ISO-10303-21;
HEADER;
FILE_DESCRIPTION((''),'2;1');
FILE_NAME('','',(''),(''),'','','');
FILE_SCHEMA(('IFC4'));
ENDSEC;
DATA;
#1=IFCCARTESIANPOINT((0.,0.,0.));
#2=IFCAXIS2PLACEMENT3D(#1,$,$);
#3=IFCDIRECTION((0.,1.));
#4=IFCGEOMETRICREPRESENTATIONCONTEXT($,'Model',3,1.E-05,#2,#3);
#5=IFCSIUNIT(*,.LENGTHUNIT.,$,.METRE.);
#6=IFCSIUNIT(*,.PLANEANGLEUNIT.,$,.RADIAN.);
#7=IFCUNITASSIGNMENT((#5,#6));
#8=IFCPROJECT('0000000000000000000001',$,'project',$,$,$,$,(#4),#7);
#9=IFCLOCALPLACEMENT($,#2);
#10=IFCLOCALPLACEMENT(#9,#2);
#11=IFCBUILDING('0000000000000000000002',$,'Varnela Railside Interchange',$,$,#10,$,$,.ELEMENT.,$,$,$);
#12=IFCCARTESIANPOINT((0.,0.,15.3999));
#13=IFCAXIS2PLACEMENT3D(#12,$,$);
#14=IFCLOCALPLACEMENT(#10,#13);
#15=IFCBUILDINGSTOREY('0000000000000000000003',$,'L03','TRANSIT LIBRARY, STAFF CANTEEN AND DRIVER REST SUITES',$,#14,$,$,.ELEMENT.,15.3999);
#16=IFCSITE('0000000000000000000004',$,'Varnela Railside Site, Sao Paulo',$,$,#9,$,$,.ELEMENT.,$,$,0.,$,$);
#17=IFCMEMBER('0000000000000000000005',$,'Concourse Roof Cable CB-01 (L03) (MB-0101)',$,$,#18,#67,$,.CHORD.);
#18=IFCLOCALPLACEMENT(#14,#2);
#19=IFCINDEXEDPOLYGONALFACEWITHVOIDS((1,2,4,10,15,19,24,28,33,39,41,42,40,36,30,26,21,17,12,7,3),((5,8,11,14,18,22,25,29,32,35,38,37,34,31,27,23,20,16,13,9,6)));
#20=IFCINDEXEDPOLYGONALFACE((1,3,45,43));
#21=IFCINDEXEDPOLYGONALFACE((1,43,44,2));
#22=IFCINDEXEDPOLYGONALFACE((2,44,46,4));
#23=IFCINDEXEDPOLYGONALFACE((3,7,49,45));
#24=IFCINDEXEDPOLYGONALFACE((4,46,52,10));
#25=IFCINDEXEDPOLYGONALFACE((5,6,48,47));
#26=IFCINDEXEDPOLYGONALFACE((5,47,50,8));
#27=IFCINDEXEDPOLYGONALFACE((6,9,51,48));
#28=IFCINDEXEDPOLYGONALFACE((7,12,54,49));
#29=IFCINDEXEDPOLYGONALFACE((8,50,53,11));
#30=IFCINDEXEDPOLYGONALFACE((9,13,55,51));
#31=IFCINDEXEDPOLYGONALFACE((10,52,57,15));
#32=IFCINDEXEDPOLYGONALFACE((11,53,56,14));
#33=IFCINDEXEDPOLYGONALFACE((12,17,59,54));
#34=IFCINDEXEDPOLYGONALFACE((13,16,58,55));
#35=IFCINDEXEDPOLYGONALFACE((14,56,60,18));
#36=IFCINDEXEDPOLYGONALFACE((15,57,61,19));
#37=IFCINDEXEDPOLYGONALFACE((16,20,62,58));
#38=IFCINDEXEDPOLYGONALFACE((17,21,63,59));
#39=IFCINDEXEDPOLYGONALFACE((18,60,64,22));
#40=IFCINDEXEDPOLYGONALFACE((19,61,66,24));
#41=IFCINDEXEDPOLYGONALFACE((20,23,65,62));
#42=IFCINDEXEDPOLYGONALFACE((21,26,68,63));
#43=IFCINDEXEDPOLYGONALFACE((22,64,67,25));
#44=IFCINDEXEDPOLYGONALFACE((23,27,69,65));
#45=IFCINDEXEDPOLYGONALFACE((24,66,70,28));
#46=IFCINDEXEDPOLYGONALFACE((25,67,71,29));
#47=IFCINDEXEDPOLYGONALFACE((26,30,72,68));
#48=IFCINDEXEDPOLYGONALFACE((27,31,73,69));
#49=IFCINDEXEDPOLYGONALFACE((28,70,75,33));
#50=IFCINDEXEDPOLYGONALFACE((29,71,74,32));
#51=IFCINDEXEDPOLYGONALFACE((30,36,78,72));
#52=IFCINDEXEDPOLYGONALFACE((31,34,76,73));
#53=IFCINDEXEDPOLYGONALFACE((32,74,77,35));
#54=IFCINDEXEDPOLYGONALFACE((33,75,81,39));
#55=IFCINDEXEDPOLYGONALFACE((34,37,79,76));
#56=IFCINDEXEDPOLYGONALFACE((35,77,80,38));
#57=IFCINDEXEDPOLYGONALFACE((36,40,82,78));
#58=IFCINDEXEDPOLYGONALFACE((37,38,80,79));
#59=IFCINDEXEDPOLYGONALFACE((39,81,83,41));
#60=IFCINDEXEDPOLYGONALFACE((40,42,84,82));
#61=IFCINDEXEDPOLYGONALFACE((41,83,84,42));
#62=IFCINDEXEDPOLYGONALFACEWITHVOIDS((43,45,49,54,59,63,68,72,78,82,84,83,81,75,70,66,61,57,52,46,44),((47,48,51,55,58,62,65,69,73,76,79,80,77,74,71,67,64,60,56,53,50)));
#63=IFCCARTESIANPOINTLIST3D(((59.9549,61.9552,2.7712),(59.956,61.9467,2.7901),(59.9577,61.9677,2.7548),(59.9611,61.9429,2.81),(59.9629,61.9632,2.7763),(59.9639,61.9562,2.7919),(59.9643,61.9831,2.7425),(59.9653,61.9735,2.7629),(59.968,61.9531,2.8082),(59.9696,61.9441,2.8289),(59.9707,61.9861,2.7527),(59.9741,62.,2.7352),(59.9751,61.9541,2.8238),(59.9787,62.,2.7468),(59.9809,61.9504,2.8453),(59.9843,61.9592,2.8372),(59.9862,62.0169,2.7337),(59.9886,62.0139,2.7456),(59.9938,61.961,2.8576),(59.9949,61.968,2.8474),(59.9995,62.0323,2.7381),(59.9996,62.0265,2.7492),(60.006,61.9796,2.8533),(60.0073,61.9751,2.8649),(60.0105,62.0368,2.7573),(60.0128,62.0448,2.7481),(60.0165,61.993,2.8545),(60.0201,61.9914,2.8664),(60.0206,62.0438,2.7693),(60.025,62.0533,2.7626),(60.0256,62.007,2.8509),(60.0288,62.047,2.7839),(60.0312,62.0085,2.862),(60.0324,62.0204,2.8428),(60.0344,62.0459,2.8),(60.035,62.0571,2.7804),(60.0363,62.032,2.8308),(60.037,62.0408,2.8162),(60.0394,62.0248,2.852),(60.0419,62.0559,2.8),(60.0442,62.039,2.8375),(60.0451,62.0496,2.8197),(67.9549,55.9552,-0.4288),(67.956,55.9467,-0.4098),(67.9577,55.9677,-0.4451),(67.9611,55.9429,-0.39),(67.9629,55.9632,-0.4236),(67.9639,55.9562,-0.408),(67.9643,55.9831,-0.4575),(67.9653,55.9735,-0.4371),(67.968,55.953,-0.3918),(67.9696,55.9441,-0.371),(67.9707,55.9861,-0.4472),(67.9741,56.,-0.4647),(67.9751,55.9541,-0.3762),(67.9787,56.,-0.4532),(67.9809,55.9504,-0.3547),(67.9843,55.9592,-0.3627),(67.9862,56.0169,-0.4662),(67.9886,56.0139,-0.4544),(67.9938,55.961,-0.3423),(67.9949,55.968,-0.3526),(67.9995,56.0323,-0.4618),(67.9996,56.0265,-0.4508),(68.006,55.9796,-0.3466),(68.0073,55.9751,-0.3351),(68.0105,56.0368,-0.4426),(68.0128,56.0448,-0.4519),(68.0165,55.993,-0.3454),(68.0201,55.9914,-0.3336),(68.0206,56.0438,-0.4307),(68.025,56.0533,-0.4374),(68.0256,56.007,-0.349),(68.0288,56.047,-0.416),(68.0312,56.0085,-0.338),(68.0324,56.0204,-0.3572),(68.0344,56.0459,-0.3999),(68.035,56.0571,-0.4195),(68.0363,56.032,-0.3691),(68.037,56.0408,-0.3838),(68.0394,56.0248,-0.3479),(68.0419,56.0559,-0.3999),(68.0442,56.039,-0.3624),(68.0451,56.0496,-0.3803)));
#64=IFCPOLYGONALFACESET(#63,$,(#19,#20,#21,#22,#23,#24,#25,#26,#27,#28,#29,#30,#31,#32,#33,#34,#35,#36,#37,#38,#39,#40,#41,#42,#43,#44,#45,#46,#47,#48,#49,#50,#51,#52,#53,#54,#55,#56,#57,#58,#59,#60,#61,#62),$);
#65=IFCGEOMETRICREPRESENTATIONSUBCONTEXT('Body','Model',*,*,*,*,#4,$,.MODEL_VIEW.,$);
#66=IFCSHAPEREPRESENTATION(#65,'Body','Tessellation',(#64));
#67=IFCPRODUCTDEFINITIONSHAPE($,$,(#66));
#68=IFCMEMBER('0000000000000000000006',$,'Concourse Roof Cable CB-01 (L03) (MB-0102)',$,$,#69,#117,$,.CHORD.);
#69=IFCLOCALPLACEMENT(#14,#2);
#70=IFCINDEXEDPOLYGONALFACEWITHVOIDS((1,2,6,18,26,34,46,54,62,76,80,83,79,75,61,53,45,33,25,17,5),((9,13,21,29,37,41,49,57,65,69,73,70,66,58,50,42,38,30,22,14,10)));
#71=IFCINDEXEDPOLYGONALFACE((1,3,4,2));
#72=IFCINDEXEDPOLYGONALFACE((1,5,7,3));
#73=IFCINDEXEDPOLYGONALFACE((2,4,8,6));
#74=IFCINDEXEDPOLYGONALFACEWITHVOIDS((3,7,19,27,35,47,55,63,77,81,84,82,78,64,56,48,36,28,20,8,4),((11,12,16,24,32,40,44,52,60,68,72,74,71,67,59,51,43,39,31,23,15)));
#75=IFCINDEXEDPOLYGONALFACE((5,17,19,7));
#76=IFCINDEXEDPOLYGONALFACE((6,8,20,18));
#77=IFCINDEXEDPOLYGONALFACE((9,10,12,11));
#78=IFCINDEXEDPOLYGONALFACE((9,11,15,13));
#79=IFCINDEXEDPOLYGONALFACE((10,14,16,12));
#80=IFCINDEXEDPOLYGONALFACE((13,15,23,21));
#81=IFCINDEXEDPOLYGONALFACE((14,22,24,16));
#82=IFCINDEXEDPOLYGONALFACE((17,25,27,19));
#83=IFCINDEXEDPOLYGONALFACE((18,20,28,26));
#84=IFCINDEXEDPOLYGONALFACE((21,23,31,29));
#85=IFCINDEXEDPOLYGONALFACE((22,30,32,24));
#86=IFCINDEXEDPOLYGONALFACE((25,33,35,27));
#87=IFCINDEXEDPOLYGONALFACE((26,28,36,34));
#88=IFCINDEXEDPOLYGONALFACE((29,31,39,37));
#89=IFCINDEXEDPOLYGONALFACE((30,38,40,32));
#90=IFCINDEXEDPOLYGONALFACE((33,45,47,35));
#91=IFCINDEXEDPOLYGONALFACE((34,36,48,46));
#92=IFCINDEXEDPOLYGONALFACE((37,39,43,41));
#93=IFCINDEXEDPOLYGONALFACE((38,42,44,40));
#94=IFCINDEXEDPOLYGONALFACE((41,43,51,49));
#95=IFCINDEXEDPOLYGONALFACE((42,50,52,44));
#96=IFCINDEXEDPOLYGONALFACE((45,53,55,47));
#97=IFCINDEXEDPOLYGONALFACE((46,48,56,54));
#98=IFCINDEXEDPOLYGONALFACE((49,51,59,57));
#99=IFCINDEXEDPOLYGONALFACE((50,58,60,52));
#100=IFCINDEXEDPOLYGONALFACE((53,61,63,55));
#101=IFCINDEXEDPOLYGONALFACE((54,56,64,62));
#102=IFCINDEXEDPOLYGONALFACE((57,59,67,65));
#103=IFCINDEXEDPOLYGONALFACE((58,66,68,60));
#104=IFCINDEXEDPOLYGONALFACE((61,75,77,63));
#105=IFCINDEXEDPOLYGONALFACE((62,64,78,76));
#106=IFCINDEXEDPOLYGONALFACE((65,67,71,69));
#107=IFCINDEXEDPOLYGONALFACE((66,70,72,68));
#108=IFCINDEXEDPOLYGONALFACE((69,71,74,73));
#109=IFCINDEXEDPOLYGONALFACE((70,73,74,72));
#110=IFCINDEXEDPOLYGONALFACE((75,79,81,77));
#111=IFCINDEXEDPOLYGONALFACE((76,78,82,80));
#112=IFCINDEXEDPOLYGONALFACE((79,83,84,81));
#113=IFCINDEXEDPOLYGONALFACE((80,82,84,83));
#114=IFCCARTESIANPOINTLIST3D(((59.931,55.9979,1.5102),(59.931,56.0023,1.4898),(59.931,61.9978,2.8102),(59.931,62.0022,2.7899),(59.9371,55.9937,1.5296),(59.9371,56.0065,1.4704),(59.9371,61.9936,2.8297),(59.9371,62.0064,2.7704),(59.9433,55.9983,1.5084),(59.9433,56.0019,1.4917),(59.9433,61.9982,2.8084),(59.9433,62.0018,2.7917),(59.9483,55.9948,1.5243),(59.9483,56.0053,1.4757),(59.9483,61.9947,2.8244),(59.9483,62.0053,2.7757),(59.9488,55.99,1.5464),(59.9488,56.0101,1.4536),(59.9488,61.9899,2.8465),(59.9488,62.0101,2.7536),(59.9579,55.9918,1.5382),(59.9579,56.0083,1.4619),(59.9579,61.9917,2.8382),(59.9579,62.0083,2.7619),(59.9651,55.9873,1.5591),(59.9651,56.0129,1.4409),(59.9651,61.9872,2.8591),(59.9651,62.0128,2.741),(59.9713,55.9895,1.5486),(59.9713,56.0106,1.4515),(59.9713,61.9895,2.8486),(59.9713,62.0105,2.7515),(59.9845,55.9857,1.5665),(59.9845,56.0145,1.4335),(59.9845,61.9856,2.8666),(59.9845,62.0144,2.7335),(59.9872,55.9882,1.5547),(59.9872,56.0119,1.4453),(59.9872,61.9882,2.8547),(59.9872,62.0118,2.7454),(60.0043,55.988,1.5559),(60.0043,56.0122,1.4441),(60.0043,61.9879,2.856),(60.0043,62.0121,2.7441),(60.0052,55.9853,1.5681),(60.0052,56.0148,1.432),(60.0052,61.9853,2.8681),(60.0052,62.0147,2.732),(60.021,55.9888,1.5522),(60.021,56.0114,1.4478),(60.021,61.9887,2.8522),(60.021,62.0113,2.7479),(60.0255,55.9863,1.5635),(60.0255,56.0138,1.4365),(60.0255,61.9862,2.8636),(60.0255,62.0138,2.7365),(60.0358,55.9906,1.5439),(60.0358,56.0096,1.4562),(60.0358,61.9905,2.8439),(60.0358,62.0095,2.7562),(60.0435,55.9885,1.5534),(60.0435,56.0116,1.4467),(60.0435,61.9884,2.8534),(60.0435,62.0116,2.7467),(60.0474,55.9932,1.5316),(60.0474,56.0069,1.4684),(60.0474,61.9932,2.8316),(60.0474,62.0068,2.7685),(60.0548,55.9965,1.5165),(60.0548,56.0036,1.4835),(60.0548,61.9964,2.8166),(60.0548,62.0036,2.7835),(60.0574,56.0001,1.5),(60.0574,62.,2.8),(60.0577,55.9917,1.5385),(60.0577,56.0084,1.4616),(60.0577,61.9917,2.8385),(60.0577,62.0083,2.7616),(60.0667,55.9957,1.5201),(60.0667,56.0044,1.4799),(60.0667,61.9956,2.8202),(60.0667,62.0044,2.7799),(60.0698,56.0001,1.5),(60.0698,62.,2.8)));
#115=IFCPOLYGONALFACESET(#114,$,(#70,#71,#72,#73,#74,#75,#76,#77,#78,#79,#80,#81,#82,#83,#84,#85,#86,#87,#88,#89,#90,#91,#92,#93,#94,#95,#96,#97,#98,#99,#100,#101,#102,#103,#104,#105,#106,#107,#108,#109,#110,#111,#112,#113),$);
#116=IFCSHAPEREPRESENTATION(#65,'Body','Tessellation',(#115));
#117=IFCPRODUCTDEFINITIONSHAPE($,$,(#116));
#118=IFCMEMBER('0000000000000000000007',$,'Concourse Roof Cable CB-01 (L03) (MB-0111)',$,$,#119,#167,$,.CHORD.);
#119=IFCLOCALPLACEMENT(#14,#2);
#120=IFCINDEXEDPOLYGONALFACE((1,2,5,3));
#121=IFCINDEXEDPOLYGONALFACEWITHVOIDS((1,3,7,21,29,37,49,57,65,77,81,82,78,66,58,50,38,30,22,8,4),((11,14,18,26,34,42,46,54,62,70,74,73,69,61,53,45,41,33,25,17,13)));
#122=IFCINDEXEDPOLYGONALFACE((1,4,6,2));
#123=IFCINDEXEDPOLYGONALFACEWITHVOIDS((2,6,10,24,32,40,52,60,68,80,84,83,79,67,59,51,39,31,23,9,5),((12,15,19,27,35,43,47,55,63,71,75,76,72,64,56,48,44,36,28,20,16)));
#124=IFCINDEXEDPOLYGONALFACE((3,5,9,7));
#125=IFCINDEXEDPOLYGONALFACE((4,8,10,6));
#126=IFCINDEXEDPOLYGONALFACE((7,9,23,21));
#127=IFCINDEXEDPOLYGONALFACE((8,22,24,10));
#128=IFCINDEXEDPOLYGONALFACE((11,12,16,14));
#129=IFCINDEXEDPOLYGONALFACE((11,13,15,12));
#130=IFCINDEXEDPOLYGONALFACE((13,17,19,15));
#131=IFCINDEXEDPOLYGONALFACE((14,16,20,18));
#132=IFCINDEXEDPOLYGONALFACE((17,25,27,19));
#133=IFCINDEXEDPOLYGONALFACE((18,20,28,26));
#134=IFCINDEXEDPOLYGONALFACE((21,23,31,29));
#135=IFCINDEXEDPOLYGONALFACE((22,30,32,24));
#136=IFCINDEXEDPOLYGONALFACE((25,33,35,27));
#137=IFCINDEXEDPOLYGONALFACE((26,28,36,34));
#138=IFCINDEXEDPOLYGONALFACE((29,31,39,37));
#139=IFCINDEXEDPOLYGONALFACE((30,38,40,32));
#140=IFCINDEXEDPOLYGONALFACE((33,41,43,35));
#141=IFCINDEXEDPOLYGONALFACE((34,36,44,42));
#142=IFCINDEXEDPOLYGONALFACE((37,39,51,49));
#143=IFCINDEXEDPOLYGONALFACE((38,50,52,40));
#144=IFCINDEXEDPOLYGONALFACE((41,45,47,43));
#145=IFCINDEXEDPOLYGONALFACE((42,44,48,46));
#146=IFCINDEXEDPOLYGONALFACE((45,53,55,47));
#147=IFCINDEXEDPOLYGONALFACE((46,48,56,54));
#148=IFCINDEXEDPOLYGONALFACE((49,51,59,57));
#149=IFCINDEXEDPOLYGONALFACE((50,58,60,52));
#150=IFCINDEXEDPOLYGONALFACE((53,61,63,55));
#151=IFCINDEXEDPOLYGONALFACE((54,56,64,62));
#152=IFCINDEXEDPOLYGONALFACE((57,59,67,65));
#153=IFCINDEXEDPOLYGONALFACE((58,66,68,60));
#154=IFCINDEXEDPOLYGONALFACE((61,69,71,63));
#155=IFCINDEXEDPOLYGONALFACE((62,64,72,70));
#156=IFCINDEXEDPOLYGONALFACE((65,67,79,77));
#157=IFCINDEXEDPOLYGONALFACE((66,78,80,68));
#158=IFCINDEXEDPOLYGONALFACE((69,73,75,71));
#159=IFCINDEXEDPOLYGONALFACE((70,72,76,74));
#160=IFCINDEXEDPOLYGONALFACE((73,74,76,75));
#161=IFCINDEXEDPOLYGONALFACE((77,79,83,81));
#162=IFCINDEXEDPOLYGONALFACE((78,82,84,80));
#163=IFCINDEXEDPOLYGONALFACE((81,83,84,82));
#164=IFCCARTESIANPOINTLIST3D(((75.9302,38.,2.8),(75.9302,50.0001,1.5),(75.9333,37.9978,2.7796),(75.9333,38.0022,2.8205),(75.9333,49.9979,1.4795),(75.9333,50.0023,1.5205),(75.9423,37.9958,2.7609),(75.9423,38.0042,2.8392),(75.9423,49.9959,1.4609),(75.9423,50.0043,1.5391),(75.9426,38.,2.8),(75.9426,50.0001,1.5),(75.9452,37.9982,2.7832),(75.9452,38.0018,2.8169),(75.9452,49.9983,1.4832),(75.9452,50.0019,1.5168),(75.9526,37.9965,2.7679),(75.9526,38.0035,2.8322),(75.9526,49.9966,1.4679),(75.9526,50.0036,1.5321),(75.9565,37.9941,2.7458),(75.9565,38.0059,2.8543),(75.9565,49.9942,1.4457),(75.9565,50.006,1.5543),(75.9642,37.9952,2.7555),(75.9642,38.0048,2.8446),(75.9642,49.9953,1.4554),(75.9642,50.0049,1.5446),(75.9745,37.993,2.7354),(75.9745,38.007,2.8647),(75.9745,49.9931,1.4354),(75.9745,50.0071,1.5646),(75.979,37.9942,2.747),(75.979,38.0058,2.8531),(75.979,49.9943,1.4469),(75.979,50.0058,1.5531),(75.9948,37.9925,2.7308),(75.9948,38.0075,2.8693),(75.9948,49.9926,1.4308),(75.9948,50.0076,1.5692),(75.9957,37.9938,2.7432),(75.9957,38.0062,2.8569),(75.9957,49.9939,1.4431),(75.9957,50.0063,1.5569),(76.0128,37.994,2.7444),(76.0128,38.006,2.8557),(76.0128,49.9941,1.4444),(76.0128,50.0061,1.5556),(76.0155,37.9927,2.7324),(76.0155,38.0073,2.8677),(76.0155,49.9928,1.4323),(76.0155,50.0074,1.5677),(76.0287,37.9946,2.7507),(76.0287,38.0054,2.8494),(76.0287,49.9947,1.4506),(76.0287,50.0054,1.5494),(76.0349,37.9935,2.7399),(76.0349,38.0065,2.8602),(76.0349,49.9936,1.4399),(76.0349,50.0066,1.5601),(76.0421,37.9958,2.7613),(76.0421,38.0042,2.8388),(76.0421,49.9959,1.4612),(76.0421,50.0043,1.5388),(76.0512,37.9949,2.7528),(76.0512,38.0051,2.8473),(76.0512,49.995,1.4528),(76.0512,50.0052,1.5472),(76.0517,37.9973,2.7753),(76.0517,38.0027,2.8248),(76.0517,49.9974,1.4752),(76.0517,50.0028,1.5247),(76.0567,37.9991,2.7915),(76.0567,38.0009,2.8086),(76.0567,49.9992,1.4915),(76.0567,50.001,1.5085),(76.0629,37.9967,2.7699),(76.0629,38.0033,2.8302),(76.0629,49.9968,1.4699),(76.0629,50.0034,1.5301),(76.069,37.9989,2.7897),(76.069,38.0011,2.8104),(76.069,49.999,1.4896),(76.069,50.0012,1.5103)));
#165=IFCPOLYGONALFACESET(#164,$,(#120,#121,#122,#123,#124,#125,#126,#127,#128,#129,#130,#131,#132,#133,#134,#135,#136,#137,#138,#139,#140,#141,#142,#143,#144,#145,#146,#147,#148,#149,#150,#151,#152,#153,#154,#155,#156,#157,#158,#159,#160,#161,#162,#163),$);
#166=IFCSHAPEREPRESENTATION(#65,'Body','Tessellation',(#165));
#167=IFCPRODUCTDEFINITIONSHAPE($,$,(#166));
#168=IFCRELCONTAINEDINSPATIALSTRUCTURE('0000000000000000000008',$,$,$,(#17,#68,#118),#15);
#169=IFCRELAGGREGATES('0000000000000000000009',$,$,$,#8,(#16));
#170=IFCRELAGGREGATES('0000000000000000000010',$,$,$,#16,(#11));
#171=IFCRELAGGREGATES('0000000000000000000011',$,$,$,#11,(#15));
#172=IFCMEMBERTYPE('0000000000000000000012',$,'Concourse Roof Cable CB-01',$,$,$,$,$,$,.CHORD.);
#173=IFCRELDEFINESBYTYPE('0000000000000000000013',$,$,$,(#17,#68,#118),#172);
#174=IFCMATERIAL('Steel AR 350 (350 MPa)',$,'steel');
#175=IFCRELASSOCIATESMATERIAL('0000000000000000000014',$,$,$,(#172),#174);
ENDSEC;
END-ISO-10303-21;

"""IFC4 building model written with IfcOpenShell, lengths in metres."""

from ifc_helpers import new_model, si_unit, direction, frame, origin, origin_2d, place, context, subcontext, project, spatial, hollow_circle, extrude, material, material_profile, profile_set, type_object, element, save


model = new_model("IFC4")

# Units and contexts
model_context = context("Model", 3, precision=1e-05, world=origin(), true_north=direction((0.0, 1.0)))
body_context = subcontext(model_context, "Body", "Model", "MODEL_VIEW")
ifc_project = project(units=[si_unit("LENGTHUNIT", "METRE"), si_unit("PLANEANGLEUNIT", "RADIAN")], contexts=[model_context])

# Site, building, storey
site_placement = place(None, origin())
site = spatial("IfcSite", under=ifc_project, at=site_placement, Name="Varnela Railside Site, Sao Paulo", CompositionType="ELEMENT", RefElevation=0.0)
building_placement = place(site_placement, origin())
building = spatial("IfcBuilding", under=site, at=building_placement, Name="Varnela Railside Interchange", CompositionType="ELEMENT")
storey_placement = place(building_placement, frame((0.0, 0.0, 15.3999)))
storey = spatial("IfcBuildingStorey", under=building, at=storey_placement, Name="L03", Description="TRANSIT LIBRARY, STAFF CANTEEN AND DRIVER REST SUITES", CompositionType="ELEMENT", Elevation=15.3999)

# Members
ifc_material_1 = material(Name="Steel AR 350 (350 MPa)", Category="steel")
ifc_material_profile_1 = material_profile(ifc_material_1, hollow_circle(Radius=0.0698, WallThickness=0.0125, at=origin_2d()), Name="CHS 139.7x12.5")
ifc_profile_set_1 = profile_set([ifc_material_profile_1], Name="Steel AR 350 (350 MPa)")
member_type_1 = type_object("IfcMemberType", Name="Concourse Roof Cable CB-01", PredefinedType="CHORD", material=ifc_profile_set_1)
for number, where, z_axis, x_axis, name in (
    (1, (60.0, 62.0, 2.8), (0.76194, -0.571455, -0.304772), (0.6, 0.8, 0.0), "Concourse Roof Cable CB-01 (L03) (MB-0101)"),
):
    element("IfcMember", number, at=place(storey_placement, frame(where, z_axis=z_axis, x_axis=x_axis)), inside=storey, type_object=member_type_1, Name=name, PredefinedType="CHORD", context=body_context, shape_type="SweptSolid", body=[
        extrude(hollow_circle(Radius=0.0698, WallThickness=0.0125, at=origin_2d()), origin(), (0.0, 0.0, 1.0), 10.4995),
    ])
member_1_placement = place(storey_placement, frame((60.0, 62.0, 2.8), z_axis=(0.0, -0.977321, -0.211761), x_axis=(1.0, 0.0, 0.0)))
element("IfcMember", 2, at=member_1_placement, inside=storey, type_object=member_type_1, Name="Concourse Roof Cable CB-01 (L03) (MB-0102)", PredefinedType="CHORD", context=body_context, shape_type="SweptSolid", body=[
    extrude(hollow_circle(Radius=0.0698, WallThickness=0.0125, at=origin_2d()), origin(), (0.0, 0.0, 1.0), 6.1392),
])
member_2_placement = place(storey_placement, frame((76.0, 38.0, 2.8), z_axis=(0.0, 0.994183, -0.107707), x_axis=(-1.0, 0.0, 0.0)))
element("IfcMember", 3, at=member_2_placement, inside=storey, type_object=member_type_1, Name="Concourse Roof Cable CB-01 (L03) (MB-0111)", PredefinedType="CHORD", context=body_context, shape_type="SweptSolid", body=[
    extrude(hollow_circle(Radius=0.0698, WallThickness=0.0125, at=origin_2d()), origin(), (0.0, 0.0, 1.0), 12.0703),
])

save(model, "model.ifc")
